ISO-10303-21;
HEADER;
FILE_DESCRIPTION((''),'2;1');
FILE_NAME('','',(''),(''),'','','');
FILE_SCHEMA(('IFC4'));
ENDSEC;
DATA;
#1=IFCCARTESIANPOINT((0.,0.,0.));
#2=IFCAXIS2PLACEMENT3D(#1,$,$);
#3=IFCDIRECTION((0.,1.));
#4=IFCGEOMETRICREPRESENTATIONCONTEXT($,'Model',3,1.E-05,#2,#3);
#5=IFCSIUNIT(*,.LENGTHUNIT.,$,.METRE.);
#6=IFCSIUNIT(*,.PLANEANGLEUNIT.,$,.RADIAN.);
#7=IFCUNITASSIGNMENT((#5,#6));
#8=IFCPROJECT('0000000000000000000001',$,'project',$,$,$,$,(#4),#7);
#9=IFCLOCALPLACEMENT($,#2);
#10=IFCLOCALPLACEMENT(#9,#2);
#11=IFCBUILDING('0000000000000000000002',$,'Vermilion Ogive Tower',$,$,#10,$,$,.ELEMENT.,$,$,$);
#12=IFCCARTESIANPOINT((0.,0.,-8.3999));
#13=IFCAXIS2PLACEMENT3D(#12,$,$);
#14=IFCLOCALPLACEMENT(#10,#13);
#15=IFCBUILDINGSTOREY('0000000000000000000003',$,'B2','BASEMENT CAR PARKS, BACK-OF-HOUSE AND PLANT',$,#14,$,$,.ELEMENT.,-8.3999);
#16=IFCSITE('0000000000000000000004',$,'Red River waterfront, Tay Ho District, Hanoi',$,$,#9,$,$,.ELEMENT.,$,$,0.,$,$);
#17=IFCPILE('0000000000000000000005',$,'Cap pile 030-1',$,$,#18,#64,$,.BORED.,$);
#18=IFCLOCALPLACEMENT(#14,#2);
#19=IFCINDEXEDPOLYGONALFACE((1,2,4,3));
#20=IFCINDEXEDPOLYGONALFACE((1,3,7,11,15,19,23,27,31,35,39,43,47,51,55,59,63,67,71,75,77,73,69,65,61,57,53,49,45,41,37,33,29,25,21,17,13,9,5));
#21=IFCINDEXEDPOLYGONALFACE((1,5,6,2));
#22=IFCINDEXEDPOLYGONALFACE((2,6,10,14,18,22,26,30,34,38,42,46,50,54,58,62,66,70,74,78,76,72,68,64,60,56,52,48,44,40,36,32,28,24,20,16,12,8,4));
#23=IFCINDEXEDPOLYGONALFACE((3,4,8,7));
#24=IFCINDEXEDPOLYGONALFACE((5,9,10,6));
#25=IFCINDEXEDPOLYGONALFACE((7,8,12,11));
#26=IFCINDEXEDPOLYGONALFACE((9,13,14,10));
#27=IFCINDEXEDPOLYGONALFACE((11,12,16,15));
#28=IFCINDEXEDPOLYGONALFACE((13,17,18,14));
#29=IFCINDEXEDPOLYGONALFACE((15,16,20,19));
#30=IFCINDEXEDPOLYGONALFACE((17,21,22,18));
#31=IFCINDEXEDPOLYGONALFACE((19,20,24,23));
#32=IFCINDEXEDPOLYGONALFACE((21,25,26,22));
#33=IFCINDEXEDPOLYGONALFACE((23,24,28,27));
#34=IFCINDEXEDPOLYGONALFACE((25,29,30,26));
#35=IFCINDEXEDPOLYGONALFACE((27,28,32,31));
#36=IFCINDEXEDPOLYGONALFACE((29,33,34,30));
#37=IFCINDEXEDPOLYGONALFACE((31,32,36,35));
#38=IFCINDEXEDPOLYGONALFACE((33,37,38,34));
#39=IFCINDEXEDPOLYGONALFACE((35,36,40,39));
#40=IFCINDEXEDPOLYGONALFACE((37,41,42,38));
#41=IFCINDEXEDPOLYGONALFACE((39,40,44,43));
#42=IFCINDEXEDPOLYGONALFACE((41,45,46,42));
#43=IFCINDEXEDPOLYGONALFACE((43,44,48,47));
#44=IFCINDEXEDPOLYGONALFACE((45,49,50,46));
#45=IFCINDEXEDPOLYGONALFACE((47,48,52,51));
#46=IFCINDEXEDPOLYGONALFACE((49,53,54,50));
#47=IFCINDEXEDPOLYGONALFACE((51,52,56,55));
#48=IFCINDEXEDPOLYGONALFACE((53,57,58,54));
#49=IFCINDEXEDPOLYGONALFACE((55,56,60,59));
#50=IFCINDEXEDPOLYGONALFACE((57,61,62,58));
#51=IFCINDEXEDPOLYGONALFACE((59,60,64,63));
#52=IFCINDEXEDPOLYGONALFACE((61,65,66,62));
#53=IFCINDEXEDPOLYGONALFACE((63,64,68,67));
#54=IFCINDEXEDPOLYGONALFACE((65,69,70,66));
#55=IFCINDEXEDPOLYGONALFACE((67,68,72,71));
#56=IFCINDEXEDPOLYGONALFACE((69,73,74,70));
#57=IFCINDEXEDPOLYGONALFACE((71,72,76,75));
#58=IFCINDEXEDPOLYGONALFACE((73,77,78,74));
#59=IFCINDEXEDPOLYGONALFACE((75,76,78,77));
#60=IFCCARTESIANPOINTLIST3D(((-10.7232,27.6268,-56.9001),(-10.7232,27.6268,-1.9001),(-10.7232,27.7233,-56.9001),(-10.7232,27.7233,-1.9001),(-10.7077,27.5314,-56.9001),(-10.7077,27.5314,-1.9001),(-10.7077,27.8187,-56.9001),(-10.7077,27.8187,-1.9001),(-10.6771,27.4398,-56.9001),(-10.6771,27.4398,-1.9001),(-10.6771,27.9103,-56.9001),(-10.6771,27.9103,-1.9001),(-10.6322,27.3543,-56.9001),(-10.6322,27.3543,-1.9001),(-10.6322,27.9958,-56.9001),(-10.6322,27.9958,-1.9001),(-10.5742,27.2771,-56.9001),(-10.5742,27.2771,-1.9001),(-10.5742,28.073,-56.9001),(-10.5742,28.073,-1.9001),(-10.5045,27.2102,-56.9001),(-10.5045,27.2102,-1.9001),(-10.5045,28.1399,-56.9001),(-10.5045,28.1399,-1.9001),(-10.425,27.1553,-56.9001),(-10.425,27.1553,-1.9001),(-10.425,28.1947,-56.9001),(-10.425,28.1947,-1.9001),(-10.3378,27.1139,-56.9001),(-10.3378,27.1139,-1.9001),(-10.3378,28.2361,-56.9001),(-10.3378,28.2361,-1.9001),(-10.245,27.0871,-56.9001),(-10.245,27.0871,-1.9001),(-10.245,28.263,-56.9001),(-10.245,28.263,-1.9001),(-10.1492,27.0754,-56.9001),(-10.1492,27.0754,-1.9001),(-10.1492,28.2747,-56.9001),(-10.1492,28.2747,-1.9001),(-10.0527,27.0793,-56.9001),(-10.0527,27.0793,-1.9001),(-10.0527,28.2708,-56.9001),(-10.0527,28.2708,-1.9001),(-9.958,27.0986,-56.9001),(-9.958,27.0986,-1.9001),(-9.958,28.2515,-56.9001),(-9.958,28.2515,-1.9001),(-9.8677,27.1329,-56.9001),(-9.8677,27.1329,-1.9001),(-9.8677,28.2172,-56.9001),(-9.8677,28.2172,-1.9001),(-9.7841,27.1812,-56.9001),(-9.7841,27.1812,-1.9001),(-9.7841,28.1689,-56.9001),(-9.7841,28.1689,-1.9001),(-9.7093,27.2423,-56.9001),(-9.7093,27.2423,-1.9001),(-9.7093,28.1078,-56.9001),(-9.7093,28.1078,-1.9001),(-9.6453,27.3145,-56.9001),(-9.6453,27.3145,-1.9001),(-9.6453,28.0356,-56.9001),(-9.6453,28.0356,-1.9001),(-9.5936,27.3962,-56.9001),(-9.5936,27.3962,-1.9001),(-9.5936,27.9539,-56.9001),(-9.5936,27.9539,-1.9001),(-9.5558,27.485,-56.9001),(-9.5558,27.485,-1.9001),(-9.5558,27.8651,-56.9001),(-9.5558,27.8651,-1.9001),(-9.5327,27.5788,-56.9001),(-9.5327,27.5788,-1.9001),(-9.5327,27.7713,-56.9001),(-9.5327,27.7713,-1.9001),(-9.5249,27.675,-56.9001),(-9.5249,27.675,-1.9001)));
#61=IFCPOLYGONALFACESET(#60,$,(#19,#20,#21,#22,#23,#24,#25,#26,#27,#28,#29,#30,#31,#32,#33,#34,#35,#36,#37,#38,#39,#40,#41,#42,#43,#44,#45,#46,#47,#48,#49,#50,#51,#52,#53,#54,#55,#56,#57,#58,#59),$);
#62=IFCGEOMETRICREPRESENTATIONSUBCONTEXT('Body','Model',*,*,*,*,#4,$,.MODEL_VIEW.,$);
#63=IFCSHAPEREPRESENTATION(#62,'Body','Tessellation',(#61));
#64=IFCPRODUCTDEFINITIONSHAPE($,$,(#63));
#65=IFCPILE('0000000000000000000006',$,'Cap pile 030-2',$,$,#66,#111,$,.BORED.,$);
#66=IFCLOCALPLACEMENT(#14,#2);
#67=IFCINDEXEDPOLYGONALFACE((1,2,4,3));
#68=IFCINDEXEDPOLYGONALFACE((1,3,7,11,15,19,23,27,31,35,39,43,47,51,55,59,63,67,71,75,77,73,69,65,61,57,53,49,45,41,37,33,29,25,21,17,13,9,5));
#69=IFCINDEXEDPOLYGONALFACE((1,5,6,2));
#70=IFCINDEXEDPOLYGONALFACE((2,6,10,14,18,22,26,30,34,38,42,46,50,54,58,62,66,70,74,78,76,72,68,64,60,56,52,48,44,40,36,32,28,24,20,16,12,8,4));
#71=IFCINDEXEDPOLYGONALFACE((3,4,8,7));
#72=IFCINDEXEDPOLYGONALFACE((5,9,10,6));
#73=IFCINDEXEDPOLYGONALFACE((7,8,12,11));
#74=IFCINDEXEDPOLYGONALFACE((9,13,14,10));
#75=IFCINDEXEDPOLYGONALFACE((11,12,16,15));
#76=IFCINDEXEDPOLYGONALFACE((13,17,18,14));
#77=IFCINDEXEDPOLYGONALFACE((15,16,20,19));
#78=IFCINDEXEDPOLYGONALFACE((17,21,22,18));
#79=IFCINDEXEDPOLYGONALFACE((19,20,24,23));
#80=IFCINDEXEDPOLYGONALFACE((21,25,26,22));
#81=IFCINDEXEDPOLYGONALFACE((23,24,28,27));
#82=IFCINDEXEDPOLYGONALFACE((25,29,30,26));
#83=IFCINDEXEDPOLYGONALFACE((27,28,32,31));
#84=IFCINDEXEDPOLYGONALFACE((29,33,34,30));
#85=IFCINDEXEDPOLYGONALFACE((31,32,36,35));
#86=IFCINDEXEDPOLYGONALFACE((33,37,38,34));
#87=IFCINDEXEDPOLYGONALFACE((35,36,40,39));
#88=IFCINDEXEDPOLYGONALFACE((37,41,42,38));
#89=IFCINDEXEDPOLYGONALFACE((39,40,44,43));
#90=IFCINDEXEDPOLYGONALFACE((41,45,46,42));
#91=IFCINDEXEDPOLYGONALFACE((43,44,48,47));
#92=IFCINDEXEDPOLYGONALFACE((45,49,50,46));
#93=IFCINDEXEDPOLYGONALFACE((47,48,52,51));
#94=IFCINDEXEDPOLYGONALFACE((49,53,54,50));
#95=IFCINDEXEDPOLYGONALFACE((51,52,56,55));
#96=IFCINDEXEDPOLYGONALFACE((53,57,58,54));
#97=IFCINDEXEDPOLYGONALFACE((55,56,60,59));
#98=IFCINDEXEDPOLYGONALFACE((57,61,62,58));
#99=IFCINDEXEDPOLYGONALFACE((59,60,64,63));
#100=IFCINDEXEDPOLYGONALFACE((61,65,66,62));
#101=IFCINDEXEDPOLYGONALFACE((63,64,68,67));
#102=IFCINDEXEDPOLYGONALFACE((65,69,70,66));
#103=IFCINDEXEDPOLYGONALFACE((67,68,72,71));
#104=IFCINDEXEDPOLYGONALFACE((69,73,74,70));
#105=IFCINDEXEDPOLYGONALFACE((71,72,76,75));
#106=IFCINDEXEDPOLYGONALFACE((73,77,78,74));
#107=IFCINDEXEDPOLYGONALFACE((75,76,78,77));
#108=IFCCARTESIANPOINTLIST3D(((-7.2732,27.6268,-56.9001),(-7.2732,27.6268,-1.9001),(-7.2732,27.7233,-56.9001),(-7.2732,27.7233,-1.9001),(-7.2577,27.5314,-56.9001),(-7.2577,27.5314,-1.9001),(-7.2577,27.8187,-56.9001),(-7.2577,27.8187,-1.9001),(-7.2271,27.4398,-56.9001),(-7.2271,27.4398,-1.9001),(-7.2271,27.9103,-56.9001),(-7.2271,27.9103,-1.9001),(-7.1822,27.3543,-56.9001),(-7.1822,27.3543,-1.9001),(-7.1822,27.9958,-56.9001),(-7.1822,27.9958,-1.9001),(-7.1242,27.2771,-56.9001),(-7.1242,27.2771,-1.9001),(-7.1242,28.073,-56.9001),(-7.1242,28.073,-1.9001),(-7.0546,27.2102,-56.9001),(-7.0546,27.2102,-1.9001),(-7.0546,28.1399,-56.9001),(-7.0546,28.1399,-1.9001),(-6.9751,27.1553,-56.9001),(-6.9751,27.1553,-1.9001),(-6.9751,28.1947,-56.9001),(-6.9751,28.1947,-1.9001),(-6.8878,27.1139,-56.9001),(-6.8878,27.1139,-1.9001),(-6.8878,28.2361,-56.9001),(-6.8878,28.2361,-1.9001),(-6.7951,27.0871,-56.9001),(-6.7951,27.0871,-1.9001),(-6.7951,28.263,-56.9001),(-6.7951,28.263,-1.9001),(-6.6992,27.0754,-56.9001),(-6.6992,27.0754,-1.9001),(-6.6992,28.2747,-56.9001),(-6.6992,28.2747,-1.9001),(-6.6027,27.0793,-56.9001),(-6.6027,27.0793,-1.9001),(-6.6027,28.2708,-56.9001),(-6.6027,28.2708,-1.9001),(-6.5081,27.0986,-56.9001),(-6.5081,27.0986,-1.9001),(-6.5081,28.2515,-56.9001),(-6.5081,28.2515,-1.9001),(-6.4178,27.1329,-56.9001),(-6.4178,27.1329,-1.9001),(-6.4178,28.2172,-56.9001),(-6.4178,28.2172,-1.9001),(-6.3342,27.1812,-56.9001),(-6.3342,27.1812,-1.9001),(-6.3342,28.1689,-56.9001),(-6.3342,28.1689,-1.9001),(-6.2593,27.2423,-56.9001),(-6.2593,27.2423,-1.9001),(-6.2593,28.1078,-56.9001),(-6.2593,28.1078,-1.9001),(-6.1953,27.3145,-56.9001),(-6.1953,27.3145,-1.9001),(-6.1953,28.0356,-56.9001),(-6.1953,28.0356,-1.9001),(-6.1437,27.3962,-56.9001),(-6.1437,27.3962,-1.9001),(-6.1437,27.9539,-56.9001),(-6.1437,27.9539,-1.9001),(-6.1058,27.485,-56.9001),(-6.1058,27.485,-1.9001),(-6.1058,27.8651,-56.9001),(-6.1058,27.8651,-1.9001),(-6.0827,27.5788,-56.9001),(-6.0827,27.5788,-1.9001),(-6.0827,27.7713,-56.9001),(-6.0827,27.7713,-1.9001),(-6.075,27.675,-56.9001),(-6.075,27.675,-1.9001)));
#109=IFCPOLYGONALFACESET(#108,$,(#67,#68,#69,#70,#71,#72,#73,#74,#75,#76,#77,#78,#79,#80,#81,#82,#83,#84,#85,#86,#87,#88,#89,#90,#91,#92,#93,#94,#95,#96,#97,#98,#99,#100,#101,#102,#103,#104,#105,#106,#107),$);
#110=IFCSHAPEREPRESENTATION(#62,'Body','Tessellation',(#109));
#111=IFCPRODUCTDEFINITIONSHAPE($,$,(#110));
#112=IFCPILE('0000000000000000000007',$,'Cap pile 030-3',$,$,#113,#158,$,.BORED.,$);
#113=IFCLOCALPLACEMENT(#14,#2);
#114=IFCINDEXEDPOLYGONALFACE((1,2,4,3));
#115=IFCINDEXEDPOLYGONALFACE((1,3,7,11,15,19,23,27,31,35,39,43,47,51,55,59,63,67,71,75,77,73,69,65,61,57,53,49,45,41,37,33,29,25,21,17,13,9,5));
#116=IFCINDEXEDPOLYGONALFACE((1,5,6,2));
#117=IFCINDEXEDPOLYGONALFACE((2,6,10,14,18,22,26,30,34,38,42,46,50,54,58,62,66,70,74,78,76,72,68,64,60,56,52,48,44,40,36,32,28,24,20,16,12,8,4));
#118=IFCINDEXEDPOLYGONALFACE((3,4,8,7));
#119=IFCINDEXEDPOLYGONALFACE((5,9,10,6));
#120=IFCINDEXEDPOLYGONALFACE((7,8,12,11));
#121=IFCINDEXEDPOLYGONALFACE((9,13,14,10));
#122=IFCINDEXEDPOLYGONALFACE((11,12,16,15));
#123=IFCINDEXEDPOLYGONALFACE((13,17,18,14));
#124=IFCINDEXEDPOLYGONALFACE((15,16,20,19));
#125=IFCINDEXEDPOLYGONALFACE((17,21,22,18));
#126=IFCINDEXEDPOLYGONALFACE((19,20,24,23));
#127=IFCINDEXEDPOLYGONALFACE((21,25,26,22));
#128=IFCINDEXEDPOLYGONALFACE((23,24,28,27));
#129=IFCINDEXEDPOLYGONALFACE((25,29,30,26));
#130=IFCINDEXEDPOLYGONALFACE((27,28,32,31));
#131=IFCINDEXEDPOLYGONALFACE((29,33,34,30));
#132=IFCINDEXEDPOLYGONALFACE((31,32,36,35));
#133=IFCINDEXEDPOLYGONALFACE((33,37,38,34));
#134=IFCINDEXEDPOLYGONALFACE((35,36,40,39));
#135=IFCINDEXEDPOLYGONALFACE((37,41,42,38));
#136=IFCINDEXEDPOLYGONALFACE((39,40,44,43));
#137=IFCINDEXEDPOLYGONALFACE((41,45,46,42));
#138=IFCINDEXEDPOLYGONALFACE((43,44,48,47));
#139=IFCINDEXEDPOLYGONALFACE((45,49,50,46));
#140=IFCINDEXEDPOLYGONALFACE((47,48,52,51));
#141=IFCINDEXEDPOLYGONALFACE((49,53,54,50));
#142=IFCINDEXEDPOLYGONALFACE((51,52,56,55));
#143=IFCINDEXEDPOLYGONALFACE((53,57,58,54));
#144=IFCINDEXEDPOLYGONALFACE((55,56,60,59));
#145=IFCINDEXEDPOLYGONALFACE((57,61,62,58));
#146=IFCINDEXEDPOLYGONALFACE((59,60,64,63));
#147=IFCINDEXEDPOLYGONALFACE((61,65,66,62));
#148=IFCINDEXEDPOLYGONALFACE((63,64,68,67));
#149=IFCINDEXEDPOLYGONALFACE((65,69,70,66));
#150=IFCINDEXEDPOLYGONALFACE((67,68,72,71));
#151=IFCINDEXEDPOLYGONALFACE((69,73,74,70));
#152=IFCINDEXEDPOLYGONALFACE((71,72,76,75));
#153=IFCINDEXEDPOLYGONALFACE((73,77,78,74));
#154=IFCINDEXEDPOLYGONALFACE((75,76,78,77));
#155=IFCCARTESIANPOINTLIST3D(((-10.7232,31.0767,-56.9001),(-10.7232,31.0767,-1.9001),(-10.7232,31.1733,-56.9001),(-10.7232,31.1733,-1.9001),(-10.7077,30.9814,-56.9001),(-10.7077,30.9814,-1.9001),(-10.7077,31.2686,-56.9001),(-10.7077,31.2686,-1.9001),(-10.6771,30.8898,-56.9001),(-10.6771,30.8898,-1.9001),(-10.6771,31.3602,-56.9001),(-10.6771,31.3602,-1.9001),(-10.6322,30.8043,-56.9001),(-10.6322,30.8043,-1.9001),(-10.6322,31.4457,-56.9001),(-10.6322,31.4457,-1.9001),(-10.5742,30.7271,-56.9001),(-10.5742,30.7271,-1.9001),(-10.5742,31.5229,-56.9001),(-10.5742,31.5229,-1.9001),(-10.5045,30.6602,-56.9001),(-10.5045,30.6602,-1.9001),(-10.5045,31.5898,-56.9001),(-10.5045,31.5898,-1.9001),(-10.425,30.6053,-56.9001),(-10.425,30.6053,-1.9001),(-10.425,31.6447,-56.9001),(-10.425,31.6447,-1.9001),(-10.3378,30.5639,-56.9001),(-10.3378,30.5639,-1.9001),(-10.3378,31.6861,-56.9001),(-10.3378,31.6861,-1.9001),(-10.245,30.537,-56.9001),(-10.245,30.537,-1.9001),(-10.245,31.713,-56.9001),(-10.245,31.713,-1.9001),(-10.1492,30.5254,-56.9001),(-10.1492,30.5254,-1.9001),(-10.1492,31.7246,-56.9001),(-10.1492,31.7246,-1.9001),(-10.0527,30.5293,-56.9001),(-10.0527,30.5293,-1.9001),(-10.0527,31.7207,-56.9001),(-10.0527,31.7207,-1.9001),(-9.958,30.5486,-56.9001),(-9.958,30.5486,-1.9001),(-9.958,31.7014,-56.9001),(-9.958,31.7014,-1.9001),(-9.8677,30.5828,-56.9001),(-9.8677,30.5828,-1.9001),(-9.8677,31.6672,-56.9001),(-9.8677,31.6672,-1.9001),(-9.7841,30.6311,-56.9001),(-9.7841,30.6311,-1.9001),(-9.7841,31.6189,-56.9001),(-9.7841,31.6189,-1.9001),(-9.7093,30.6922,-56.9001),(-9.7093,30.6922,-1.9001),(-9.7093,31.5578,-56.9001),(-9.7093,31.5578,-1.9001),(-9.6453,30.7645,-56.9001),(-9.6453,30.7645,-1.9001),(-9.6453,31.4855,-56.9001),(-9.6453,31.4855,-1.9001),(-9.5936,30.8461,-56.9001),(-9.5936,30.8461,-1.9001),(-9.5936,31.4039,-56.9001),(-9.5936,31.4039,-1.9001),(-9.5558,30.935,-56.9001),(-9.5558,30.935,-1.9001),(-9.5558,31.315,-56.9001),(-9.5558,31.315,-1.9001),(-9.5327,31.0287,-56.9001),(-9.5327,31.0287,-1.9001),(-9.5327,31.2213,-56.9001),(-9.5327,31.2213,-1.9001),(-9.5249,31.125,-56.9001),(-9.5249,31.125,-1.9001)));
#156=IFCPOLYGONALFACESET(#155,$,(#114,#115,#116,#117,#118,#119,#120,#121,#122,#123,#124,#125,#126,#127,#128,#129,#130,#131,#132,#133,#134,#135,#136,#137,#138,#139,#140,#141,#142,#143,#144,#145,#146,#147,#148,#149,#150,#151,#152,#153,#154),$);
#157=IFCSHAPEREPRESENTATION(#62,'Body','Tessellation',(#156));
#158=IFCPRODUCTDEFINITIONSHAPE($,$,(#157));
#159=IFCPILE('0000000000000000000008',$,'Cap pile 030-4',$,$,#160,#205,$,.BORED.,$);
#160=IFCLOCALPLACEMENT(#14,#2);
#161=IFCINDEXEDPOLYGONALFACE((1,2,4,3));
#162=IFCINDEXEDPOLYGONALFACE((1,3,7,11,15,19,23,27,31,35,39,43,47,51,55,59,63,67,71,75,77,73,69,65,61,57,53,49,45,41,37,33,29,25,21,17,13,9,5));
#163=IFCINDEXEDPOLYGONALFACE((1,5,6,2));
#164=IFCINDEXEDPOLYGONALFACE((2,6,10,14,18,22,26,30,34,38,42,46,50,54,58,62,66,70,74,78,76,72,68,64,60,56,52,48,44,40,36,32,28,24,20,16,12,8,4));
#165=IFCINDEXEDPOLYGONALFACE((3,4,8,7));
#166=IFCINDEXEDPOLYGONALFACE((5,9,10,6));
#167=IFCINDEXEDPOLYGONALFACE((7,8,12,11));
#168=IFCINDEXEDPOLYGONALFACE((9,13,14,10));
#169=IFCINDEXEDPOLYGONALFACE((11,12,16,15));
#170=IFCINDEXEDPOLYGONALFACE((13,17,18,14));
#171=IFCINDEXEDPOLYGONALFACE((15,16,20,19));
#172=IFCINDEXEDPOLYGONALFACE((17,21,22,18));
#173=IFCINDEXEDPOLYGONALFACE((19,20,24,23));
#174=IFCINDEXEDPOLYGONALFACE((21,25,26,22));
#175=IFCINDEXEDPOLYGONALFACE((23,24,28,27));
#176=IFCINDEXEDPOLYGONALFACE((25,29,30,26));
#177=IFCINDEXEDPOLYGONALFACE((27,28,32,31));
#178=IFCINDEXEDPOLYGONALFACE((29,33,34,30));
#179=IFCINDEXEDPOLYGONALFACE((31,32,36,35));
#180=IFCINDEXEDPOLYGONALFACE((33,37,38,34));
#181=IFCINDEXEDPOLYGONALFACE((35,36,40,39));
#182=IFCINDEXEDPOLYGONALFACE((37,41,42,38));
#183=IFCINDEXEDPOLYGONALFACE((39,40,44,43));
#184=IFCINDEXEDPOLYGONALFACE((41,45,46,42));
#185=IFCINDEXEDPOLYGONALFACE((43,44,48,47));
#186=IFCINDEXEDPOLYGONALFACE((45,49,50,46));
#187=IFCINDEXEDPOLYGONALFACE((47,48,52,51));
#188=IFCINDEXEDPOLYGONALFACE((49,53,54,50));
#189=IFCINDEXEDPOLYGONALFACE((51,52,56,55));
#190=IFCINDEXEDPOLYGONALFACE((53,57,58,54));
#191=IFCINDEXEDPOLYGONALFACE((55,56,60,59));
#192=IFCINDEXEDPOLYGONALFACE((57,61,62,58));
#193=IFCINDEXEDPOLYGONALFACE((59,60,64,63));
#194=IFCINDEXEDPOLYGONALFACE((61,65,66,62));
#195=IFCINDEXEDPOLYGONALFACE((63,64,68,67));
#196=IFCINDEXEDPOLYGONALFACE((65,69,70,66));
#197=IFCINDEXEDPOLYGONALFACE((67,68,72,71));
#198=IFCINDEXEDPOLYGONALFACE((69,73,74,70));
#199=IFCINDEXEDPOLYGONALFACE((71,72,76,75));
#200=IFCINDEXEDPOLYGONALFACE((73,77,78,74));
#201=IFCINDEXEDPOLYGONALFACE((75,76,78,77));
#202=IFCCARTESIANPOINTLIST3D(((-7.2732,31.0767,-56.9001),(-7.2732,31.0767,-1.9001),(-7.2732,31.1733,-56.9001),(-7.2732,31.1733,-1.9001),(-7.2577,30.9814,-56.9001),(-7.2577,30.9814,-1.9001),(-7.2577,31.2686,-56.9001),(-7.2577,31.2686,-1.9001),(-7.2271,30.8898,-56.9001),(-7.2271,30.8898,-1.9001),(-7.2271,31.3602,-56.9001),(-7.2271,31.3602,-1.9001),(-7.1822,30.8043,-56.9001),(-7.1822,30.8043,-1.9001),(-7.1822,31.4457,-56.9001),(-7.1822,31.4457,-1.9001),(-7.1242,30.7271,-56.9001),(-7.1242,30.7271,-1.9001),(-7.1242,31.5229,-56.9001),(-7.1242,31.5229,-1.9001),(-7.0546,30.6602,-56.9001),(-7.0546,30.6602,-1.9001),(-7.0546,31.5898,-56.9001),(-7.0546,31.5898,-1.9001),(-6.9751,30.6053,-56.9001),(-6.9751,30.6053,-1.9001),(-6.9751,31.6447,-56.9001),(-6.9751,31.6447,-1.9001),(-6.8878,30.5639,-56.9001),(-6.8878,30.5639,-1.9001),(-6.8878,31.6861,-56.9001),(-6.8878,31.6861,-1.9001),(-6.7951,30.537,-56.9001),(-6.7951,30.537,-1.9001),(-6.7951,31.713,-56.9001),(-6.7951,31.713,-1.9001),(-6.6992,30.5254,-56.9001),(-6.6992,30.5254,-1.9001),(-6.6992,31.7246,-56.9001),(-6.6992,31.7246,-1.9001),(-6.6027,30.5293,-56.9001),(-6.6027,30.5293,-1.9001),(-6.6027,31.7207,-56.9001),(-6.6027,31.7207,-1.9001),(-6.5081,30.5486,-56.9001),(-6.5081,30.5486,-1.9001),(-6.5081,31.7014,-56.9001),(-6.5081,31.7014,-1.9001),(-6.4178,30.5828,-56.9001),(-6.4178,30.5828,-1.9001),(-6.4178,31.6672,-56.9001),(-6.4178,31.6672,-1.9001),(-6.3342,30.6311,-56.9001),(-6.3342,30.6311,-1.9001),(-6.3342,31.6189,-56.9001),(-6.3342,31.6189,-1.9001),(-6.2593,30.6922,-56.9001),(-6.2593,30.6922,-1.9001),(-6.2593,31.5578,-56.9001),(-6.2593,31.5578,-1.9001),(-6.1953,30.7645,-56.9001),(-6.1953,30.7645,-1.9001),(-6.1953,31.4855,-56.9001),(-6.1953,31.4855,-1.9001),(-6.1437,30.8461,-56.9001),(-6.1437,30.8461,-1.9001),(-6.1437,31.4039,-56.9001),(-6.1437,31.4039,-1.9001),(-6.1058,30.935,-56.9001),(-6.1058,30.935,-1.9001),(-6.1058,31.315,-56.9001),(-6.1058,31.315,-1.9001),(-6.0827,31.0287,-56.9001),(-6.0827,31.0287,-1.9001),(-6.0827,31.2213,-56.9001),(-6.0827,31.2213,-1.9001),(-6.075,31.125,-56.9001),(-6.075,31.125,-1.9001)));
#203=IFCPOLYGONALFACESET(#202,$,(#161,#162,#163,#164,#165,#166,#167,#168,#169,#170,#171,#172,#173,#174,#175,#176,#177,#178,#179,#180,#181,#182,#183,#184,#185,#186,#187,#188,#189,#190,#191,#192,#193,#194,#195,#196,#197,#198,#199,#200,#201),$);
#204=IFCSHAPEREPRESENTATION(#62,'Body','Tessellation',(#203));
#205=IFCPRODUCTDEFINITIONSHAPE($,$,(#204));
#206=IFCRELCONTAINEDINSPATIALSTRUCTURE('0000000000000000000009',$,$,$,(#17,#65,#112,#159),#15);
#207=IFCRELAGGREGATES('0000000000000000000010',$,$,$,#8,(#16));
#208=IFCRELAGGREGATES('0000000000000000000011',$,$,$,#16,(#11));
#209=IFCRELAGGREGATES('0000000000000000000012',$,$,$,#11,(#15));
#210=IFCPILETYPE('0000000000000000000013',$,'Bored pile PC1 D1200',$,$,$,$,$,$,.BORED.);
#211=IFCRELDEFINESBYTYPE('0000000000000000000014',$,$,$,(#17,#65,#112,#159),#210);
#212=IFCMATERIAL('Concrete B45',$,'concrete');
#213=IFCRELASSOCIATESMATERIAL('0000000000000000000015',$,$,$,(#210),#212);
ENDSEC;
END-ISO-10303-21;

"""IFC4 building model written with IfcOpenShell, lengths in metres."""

from ifc_helpers import new_model, si_unit, direction, frame, origin, origin_2d, place, context, subcontext, project, spatial, circle, extrude, material, type_object, element, save


model = new_model("IFC4")

# Units and contexts
model_context = context("Model", 3, precision=1e-05, world=origin(), true_north=direction((0.0, 1.0)))
body_context = subcontext(model_context, "Body", "Model", "MODEL_VIEW")
ifc_project = project(units=[si_unit("LENGTHUNIT", "METRE"), si_unit("PLANEANGLEUNIT", "RADIAN")], contexts=[model_context])

# Site, building, storey
site_placement = place(None, origin())
site = spatial("IfcSite", under=ifc_project, at=site_placement, Name="Red River waterfront, Tay Ho District, Hanoi", CompositionType="ELEMENT", RefElevation=0.0)
building_placement = place(site_placement, origin())
building = spatial("IfcBuilding", under=site, at=building_placement, Name="Vermilion Ogive Tower", CompositionType="ELEMENT")
storey_placement = place(building_placement, frame((0.0, 0.0, -8.3999)))
storey = spatial("IfcBuildingStorey", under=building, at=storey_placement, Name="B2", Description="BASEMENT CAR PARKS, BACK-OF-HOUSE AND PLANT", CompositionType="ELEMENT", Elevation=-8.3999)

# Piles
ifc_material_1 = material(Name="Concrete B45", Category="concrete")
pile_type_1 = type_object("IfcPileType", Name="Bored pile PC1 D1200", PredefinedType="BORED", material=ifc_material_1)
for number, where, z_axis, x_axis, name in (
    (1, (-10.125, 27.675, -1.9001), (0.0, 0.0, -1.0), (1.0, 0.0, 0.0), "Cap pile 030-1"),
    (2, (-6.675, 27.675, -1.9001), (0.0, 0.0, -1.0), (1.0, 0.0, 0.0), "Cap pile 030-2"),
    (3, (-10.125, 31.125, -1.9001), (0.0, 0.0, -1.0), (1.0, 0.0, 0.0), "Cap pile 030-3"),
    (4, (-6.675, 31.125, -1.9001), (0.0, 0.0, -1.0), (1.0, 0.0, 0.0), "Cap pile 030-4"),
):
    element("IfcPile", number, at=place(storey_placement, frame(where, z_axis=z_axis, x_axis=x_axis)), inside=storey, type_object=pile_type_1, Name=name, PredefinedType="BORED", context=body_context, shape_type="SweptSolid", body=[
        extrude(circle(Radius=0.6001, at=origin_2d()), origin(), (0.0, 0.0, 1.0), 55.0),
    ])

save(model, "model.ifc")
